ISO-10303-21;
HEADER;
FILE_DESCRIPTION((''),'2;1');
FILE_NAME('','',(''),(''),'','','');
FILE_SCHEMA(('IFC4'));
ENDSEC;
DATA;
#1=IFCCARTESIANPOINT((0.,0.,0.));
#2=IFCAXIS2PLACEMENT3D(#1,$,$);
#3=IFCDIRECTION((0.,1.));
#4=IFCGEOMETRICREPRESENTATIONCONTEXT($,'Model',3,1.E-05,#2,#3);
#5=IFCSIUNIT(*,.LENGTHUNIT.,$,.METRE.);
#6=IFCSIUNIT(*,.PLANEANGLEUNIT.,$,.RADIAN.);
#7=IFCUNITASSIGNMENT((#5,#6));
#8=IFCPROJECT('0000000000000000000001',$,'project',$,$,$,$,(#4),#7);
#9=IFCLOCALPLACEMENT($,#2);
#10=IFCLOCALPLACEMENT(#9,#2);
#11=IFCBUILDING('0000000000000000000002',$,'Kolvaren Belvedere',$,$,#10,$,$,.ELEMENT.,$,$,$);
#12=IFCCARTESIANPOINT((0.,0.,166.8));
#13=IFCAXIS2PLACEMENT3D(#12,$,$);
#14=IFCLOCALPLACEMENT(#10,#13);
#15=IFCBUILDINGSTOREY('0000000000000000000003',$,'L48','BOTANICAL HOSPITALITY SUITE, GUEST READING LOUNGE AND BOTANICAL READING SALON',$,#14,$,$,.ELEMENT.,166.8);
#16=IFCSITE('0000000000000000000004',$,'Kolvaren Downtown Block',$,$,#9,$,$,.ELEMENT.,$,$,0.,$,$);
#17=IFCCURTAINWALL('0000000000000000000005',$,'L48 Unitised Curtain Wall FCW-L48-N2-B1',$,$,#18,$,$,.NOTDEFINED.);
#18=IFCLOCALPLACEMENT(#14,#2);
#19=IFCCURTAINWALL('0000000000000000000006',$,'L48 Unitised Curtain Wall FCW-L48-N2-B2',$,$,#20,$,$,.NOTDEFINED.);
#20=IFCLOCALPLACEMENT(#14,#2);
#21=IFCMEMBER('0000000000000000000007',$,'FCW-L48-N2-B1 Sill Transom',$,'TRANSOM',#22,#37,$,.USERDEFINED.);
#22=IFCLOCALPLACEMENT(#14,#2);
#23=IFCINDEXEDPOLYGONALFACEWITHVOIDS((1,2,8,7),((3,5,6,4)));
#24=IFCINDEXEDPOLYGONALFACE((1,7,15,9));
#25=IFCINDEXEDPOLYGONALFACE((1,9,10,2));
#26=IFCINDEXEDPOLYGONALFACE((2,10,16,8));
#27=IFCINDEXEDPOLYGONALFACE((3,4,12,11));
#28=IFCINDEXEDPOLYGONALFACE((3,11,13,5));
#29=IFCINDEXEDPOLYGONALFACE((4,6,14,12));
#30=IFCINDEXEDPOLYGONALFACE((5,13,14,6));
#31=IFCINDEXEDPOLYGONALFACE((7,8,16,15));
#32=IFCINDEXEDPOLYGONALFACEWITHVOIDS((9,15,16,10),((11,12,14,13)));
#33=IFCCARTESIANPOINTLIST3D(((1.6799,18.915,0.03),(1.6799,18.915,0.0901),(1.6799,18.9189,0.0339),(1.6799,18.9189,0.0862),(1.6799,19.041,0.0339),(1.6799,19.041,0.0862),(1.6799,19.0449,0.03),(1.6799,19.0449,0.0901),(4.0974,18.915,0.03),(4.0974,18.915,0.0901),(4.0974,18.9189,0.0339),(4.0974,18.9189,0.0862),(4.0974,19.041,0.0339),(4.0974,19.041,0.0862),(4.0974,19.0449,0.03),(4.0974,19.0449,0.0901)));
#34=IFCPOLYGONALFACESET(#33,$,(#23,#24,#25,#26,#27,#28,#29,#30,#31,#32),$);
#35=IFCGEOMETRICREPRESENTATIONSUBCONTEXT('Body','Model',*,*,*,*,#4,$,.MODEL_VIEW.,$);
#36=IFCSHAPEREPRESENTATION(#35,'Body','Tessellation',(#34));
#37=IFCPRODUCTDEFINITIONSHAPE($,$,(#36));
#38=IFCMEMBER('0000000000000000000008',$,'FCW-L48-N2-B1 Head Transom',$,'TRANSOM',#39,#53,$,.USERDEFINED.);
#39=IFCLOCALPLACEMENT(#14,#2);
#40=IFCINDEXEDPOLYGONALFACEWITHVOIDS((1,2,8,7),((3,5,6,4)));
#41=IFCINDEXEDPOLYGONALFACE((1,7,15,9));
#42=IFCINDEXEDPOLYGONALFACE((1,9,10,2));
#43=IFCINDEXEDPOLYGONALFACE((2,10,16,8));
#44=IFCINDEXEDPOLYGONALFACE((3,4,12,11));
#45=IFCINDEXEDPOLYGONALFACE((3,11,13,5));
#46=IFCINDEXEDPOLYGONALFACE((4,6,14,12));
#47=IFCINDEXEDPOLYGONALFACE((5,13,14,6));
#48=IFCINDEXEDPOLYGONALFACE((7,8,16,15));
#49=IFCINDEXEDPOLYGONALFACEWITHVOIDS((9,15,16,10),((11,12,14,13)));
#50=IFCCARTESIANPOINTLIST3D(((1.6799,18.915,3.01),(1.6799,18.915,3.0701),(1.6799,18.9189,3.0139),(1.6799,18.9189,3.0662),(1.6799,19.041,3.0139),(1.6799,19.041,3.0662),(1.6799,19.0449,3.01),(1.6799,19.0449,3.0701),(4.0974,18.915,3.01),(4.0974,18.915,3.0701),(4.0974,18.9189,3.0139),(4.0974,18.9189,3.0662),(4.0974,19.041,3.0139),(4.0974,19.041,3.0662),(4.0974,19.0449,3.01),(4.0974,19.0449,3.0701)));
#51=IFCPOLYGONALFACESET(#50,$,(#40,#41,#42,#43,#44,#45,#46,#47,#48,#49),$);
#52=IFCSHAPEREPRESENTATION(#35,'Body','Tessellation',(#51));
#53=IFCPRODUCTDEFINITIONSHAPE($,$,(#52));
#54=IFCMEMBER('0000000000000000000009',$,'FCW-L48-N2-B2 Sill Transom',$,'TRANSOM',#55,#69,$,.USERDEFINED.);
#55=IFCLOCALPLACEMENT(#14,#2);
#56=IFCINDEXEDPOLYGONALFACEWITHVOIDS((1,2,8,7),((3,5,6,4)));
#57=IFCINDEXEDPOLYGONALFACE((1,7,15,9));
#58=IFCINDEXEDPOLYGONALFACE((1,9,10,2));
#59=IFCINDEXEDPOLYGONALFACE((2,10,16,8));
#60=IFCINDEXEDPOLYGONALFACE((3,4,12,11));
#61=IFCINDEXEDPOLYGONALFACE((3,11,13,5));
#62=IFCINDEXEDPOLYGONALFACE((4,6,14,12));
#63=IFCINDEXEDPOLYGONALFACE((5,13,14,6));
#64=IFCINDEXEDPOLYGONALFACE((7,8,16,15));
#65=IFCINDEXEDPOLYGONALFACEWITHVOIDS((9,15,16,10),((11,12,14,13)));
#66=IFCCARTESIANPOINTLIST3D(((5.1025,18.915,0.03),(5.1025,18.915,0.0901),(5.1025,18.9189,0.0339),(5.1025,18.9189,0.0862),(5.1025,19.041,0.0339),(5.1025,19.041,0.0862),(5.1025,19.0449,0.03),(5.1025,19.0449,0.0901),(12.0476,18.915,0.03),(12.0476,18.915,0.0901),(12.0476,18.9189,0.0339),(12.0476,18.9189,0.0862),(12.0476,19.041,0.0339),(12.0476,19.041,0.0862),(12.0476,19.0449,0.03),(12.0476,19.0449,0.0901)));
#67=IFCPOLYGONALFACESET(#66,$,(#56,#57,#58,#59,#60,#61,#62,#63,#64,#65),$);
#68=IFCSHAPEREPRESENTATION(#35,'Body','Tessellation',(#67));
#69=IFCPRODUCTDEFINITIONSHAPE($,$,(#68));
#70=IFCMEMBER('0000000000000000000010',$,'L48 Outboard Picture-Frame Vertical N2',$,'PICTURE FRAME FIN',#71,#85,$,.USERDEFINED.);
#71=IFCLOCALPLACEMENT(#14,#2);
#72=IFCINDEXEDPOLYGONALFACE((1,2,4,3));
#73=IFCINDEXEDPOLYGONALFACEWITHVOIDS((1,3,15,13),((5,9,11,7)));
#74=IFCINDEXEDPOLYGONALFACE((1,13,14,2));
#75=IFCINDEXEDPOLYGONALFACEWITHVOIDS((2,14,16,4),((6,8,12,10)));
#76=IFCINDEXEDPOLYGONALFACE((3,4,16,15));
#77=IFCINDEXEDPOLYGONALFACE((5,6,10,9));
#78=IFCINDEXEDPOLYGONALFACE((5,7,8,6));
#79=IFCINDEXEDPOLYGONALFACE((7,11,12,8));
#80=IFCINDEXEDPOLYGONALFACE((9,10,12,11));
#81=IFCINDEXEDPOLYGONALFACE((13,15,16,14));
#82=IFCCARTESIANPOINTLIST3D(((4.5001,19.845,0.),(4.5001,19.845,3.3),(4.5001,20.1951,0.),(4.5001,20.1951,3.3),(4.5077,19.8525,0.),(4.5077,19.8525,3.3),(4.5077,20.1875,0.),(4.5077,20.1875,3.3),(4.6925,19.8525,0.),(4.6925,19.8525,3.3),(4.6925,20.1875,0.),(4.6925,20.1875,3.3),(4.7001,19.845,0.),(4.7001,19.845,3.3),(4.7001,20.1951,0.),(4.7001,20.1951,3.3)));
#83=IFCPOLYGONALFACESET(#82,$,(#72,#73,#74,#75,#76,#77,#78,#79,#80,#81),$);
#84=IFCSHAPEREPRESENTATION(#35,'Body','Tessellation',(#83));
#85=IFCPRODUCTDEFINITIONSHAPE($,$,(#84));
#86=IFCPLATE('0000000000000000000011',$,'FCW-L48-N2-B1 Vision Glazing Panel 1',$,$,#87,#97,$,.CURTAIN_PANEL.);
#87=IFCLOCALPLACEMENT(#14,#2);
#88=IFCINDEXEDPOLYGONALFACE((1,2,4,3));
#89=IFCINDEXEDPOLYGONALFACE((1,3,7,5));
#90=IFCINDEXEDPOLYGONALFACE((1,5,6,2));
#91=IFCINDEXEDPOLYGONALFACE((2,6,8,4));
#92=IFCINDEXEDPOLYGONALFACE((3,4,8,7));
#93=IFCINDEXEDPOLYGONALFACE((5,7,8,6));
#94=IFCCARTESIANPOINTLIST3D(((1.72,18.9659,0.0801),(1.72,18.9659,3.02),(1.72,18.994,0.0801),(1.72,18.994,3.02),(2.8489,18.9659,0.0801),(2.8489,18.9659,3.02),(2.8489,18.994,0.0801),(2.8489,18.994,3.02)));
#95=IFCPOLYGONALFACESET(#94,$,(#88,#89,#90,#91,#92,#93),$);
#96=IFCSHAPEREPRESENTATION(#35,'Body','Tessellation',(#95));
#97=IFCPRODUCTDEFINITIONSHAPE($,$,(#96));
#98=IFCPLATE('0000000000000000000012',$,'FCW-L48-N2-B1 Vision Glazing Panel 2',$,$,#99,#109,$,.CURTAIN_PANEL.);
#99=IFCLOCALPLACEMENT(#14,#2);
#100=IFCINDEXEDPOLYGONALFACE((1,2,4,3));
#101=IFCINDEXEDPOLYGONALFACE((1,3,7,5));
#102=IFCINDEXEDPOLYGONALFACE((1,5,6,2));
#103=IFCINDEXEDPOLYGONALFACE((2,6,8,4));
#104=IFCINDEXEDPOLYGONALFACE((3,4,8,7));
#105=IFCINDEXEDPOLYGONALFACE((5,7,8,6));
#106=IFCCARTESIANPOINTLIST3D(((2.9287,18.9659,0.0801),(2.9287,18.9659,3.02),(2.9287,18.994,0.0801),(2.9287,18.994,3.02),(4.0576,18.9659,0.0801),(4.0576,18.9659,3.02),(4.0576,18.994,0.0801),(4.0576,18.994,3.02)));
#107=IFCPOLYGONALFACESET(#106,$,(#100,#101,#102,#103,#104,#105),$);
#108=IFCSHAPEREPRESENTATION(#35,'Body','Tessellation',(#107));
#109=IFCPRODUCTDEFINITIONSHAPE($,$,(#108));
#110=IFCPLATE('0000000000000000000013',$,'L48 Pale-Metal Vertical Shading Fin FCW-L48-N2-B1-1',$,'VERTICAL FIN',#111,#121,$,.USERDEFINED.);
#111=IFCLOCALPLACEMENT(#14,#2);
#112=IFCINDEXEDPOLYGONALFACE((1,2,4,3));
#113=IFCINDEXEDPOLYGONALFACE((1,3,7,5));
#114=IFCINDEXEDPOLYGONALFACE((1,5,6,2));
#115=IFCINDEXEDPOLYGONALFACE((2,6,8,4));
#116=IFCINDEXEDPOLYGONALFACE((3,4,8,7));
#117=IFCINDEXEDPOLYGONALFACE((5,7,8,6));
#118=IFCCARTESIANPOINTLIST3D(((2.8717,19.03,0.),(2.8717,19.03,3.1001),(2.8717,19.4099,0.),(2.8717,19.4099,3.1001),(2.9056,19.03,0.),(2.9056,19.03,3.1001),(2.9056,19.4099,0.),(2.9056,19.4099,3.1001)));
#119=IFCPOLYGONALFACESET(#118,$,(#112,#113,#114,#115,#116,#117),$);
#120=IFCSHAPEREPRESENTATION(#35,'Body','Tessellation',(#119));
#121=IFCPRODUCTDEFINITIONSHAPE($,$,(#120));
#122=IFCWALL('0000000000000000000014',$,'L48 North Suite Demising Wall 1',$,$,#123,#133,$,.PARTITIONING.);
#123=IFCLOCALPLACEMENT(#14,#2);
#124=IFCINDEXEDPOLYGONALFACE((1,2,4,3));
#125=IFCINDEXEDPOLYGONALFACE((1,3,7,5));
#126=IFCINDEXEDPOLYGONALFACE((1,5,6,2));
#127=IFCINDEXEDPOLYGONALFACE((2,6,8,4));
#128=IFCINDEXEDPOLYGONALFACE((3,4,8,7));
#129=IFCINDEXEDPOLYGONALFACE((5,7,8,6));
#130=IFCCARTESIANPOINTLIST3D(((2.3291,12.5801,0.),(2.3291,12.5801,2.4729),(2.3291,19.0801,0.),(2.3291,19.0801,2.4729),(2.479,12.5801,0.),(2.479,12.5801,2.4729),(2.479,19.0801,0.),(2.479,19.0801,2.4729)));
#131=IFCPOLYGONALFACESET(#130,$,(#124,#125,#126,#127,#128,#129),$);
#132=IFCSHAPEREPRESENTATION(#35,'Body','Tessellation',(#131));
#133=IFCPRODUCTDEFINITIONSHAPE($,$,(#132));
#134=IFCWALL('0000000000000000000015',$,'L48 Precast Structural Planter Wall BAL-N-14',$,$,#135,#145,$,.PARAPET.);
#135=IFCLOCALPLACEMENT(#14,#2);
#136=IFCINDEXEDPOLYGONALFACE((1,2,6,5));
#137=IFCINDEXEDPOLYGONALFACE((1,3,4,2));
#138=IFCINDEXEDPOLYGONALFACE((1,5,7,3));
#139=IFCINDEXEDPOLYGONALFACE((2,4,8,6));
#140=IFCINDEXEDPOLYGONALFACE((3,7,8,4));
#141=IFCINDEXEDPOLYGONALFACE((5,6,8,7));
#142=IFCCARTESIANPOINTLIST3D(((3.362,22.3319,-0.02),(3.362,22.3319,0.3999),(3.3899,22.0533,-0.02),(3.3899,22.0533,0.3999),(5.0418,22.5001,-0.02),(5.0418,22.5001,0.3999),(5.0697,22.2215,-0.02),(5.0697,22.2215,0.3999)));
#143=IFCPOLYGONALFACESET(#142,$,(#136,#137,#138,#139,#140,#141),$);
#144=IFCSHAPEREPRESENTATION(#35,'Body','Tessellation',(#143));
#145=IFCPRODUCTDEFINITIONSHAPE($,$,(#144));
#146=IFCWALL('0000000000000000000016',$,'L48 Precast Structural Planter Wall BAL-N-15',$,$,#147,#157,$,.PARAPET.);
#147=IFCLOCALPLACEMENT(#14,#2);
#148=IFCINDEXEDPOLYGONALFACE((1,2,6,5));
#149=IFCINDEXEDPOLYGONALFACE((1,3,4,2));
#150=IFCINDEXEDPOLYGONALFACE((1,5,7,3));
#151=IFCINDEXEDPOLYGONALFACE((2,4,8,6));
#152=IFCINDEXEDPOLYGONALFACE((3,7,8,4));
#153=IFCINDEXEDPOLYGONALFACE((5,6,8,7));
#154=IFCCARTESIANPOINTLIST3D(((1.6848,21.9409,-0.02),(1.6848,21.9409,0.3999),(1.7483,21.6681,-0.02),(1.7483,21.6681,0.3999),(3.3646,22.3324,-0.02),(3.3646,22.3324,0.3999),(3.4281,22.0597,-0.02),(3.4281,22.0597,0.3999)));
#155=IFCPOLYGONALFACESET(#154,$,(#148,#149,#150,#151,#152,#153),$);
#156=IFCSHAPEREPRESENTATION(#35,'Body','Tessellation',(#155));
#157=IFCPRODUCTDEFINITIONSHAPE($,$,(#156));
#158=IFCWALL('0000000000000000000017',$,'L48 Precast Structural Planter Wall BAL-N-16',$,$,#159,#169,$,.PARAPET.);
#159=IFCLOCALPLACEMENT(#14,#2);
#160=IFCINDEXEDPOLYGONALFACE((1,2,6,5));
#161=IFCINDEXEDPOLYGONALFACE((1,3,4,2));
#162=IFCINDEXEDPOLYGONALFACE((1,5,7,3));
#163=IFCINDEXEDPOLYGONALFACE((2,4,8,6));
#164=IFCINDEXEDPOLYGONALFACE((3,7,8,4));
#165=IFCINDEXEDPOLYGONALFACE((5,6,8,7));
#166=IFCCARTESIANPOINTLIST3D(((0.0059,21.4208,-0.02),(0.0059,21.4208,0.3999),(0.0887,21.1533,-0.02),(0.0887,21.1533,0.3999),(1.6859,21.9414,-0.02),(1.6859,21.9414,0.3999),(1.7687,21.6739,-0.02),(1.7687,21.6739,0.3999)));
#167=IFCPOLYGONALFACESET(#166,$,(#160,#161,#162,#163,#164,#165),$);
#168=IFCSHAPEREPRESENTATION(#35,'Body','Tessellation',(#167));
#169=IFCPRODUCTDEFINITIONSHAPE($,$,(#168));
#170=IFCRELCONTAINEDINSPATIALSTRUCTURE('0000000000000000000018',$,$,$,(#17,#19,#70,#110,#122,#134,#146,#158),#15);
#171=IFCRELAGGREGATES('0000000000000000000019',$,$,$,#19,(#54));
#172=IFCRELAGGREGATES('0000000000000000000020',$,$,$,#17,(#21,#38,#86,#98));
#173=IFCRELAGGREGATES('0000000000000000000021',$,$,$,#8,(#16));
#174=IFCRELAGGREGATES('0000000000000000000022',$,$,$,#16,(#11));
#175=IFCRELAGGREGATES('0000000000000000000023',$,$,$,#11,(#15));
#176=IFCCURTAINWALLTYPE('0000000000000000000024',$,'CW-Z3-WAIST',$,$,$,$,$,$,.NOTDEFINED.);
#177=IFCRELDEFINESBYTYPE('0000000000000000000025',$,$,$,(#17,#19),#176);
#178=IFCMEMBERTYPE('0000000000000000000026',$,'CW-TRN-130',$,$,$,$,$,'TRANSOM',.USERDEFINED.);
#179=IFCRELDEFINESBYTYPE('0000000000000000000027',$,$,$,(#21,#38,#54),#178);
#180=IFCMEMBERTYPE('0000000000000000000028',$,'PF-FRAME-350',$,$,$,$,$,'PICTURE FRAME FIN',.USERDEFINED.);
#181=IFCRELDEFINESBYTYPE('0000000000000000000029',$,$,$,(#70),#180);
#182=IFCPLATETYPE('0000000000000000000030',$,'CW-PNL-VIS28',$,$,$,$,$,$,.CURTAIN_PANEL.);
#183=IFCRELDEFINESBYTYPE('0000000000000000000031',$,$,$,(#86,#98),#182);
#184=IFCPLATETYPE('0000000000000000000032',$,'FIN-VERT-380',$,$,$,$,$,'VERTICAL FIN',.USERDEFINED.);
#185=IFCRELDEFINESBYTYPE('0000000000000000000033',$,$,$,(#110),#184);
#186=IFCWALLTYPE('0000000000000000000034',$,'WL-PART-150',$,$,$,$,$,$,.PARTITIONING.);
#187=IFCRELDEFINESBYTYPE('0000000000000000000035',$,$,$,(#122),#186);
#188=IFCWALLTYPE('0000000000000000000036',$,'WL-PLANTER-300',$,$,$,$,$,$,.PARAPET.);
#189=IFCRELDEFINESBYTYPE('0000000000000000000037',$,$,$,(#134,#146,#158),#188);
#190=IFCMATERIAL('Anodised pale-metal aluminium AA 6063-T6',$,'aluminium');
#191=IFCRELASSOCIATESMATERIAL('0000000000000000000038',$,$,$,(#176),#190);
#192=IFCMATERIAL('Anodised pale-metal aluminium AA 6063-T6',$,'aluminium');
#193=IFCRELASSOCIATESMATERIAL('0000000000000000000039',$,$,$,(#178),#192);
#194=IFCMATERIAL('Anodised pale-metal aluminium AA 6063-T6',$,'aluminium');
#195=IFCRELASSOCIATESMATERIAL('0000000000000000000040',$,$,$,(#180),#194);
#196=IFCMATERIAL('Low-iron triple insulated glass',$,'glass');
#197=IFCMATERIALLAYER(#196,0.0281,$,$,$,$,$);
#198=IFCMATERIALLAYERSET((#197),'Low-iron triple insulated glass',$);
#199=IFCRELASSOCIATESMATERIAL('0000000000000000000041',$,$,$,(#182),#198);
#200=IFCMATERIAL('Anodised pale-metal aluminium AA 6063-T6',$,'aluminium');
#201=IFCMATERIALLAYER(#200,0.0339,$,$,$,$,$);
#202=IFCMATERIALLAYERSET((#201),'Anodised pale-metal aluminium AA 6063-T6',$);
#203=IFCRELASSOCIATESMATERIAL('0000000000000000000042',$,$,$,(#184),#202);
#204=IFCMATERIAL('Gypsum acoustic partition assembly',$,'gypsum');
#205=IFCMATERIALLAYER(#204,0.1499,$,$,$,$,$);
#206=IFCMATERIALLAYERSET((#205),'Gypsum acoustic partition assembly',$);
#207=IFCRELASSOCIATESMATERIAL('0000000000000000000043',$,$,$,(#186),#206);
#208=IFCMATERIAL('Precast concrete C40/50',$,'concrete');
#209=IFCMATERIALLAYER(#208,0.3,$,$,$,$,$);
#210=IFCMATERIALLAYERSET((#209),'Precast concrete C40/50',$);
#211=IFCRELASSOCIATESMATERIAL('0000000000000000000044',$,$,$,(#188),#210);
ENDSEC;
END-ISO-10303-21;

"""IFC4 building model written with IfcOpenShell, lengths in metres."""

from ifc_helpers import new_model, si_unit, direction, frame, frame_2d, origin, origin_2d, place, context, subcontext, project, spatial, rectangle, hollow_rectangle, extrude, material, layer, layer_set, material_profile, profile_set, type_object, element, aggregate, save


model = new_model("IFC4")

# Units and contexts
model_context = context("Model", 3, precision=1e-05, world=origin(), true_north=direction((0.0, 1.0)))
body_context = subcontext(model_context, "Body", "Model", "MODEL_VIEW")
ifc_project = project(units=[si_unit("LENGTHUNIT", "METRE"), si_unit("PLANEANGLEUNIT", "RADIAN")], contexts=[model_context])

# Site, building, storey
site_placement = place(None, origin())
site = spatial("IfcSite", under=ifc_project, at=site_placement, Name="Kolvaren Downtown Block", CompositionType="ELEMENT", RefElevation=0.0)
building_placement = place(site_placement, origin())
building = spatial("IfcBuilding", under=site, at=building_placement, Name="Kolvaren Belvedere", CompositionType="ELEMENT")
storey_placement = place(building_placement, frame((0.0, 0.0, 166.8)))
storey = spatial("IfcBuildingStorey", under=building, at=storey_placement, Name="L48", Description="BOTANICAL HOSPITALITY SUITE, GUEST READING LOUNGE AND BOTANICAL READING SALON", CompositionType="ELEMENT", Elevation=166.8)

# Curtain wall
ifc_material_1 = material(Name="Anodised pale-metal aluminium AA 6063-T6", Category="aluminium")
curtain_wall_type = type_object("IfcCurtainWallType", Name="CW-Z3-WAIST", PredefinedType="NOTDEFINED", material=ifc_material_1)
curtain_wall_1_placement = place(storey_placement, origin())
curtain_wall_1 = element("IfcCurtainWall", 1, at=curtain_wall_1_placement, inside=storey, type_object=curtain_wall_type, Name="L48 Unitised Curtain Wall FCW-L48-N2-B1", PredefinedType="NOTDEFINED")

# Curtain wall
curtain_wall_2_placement = place(storey_placement, origin())
curtain_wall_2 = element("IfcCurtainWall", 2, at=curtain_wall_2_placement, inside=storey, type_object=curtain_wall_type, Name="L48 Unitised Curtain Wall FCW-L48-N2-B2", PredefinedType="NOTDEFINED")

# Members
ifc_material_2 = material(Name="Anodised pale-metal aluminium AA 6063-T6", Category="aluminium")
ifc_material_profile_1 = material_profile(ifc_material_2, hollow_rectangle(XDim=0.0601, YDim=0.1299, WallThickness=0.0039, at=origin_2d()), Name="ALU-TRN-130X60")
ifc_profile_set_1 = profile_set([ifc_material_profile_1], Name="Anodised pale-metal aluminium AA 6063-T6")
member_type_1 = type_object("IfcMemberType", Name="CW-TRN-130", ElementType="TRANSOM", PredefinedType="USERDEFINED", material=ifc_profile_set_1)
member_1_placement = place(storey_placement, frame((1.6799, 18.98, 0.0601), z_axis=(1.0, 0.0, 0.0), x_axis=(0.0, 0.0, 1.0)))
member_1 = element("IfcMember", 3, at=member_1_placement, type_object=member_type_1, Name="FCW-L48-N2-B1 Sill Transom", ObjectType="TRANSOM", PredefinedType="USERDEFINED", context=body_context, shape_type="SweptSolid", body=[
    extrude(hollow_rectangle(XDim=0.0601, YDim=0.1299, WallThickness=0.0039, at=origin_2d()), origin(), (0.0, 0.0, 1.0), 2.4175),
])
member_2_placement = place(storey_placement, frame((1.6799, 18.98, 3.04), z_axis=(1.0, 0.0, 0.0), x_axis=(0.0, 0.0, 1.0)))
member_2 = element("IfcMember", 4, at=member_2_placement, type_object=member_type_1, Name="FCW-L48-N2-B1 Head Transom", ObjectType="TRANSOM", PredefinedType="USERDEFINED", context=body_context, shape_type="SweptSolid", body=[
    extrude(hollow_rectangle(XDim=0.0601, YDim=0.1299, WallThickness=0.0039, at=origin_2d()), origin(), (0.0, 0.0, 1.0), 2.4175),
])
member_3_placement = place(storey_placement, frame((5.1025, 18.98, 0.0601), z_axis=(1.0, 0.0, 0.0), x_axis=(0.0, 0.0, 1.0)))
member_3 = element("IfcMember", 5, at=member_3_placement, type_object=member_type_1, Name="FCW-L48-N2-B2 Sill Transom", ObjectType="TRANSOM", PredefinedType="USERDEFINED", context=body_context, shape_type="SweptSolid", body=[
    extrude(hollow_rectangle(XDim=0.0601, YDim=0.1299, WallThickness=0.0039, at=origin_2d()), origin(), (0.0, 0.0, 1.0), 6.9451),
])
aggregate(curtain_wall_2, [member_3])
ifc_material_3 = material(Name="Anodised pale-metal aluminium AA 6063-T6", Category="aluminium")
ifc_material_profile_2 = material_profile(ifc_material_3, hollow_rectangle(XDim=0.2, YDim=0.3501, WallThickness=0.0076, at=origin_2d()), Name="ALU-PF-350X200")
ifc_profile_set_2 = profile_set([ifc_material_profile_2], Name="Anodised pale-metal aluminium AA 6063-T6")
member_type_2 = type_object("IfcMemberType", Name="PF-FRAME-350", ElementType="PICTURE FRAME FIN", PredefinedType="USERDEFINED", material=ifc_profile_set_2)
member_4_placement = place(storey_placement, frame((4.6001, 20.02, 0.0), z_axis=(0.0, 0.0, 1.0), x_axis=(1.0, 0.0, 0.0)))
element("IfcMember", 6, at=member_4_placement, inside=storey, type_object=member_type_2, Name="L48 Outboard Picture-Frame Vertical N2", ObjectType="PICTURE FRAME FIN", PredefinedType="USERDEFINED", context=body_context, shape_type="SweptSolid", body=[
    extrude(hollow_rectangle(XDim=0.2, YDim=0.3501, WallThickness=0.0076, at=origin_2d()), origin(), (0.0, 0.0, 1.0), 3.3),
])

# Plates
ifc_material_4 = material(Name="Low-iron triple insulated glass", Category="glass")
ifc_layer_1 = layer(ifc_material_4, 0.0281)
ifc_layer_set_1 = layer_set([ifc_layer_1], Name="Low-iron triple insulated glass")
plate_type_1 = type_object("IfcPlateType", Name="CW-PNL-VIS28", PredefinedType="CURTAIN_PANEL", material=ifc_layer_set_1)
plate_1_placement = place(storey_placement, frame((2.2844, 18.98, 0.0801), z_axis=(0.0, 0.0, 1.0), x_axis=(1.0, 0.0, 0.0)))
plate_1 = element("IfcPlate", 7, at=plate_1_placement, type_object=plate_type_1, Name="FCW-L48-N2-B1 Vision Glazing Panel 1", PredefinedType="CURTAIN_PANEL", context=body_context, shape_type="SweptSolid", body=[
    extrude(rectangle(XDim=1.1289, YDim=0.0281, at=origin_2d()), origin(), (0.0, 0.0, 1.0), 2.9399),
])
plate_2_placement = place(storey_placement, frame((3.4932, 18.98, 0.0801), z_axis=(0.0, 0.0, 1.0), x_axis=(1.0, 0.0, 0.0)))
plate_2 = element("IfcPlate", 8, at=plate_2_placement, type_object=plate_type_1, Name="FCW-L48-N2-B1 Vision Glazing Panel 2", PredefinedType="CURTAIN_PANEL", context=body_context, shape_type="SweptSolid", body=[
    extrude(rectangle(XDim=1.1289, YDim=0.0281, at=origin_2d()), origin(), (0.0, 0.0, 1.0), 2.9399),
])
aggregate(curtain_wall_1, [member_1, member_2, plate_1, plate_2])
ifc_material_5 = material(Name="Anodised pale-metal aluminium AA 6063-T6", Category="aluminium")
ifc_layer_2 = layer(ifc_material_5, 0.0339)
ifc_layer_set_2 = layer_set([ifc_layer_2], Name="Anodised pale-metal aluminium AA 6063-T6")
plate_type_2 = type_object("IfcPlateType", Name="FIN-VERT-380", ElementType="VERTICAL FIN", PredefinedType="USERDEFINED", material=ifc_layer_set_2)
plate_3_placement = place(storey_placement, frame((2.8887, 19.22, 0.0), z_axis=(0.0, 0.0, 1.0), x_axis=(0.0, 1.0, 0.0)))
element("IfcPlate", 9, at=plate_3_placement, inside=storey, type_object=plate_type_2, Name="L48 Pale-Metal Vertical Shading Fin FCW-L48-N2-B1-1", ObjectType="VERTICAL FIN", PredefinedType="USERDEFINED", context=body_context, shape_type="SweptSolid", body=[
    extrude(rectangle(XDim=0.3799, YDim=0.0339, at=origin_2d()), origin(), (0.0, 0.0, 1.0), 3.1001),
])

# Walls
ifc_material_6 = material(Name="Gypsum acoustic partition assembly", Category="gypsum")
ifc_layer_3 = layer(ifc_material_6, 0.1499)
ifc_layer_set_3 = layer_set([ifc_layer_3], Name="Gypsum acoustic partition assembly")
wall_type_1 = type_object("IfcWallType", Name="WL-PART-150", PredefinedType="PARTITIONING", material=ifc_layer_set_3)
wall_1_placement = place(storey_placement, frame((2.4041, 12.5801, 0.0), z_axis=(0.0, 0.0, 1.0), x_axis=(0.0, 1.0, 0.0)))
element("IfcWall", 10, at=wall_1_placement, inside=storey, type_object=wall_type_1, Name="L48 North Suite Demising Wall 1", PredefinedType="PARTITIONING", context=body_context, shape_type="SweptSolid", body=[
    extrude(rectangle(XDim=6.5, YDim=0.1499, at=frame_2d((3.25, 0.0))), origin(), (0.0, 0.0, 1.0), 2.4729),
])
ifc_material_7 = material(Name="Precast concrete C40/50", Category="concrete")
ifc_layer_4 = layer(ifc_material_7, 0.3)
ifc_layer_set_4 = layer_set([ifc_layer_4], Name="Precast concrete C40/50")
wall_type_2 = type_object("IfcWallType", Name="WL-PLANTER-300", PredefinedType="PARAPET", material=ifc_layer_set_4)
wall_2_placement = place(storey_placement, frame((5.0559, 22.3608, -0.02), z_axis=(0.0, 0.0, 1.0), x_axis=(-0.995024, -0.099633, 0.0)))
element("IfcWall", 11, at=wall_2_placement, inside=storey, type_object=wall_type_2, Name="L48 Precast Structural Planter Wall BAL-N-14", PredefinedType="PARAPET", context=body_context, shape_type="SweptSolid", body=[
    extrude(rectangle(XDim=1.6882, YDim=0.28, at=frame_2d((0.8442, 0.0))), origin(), (0.0, 0.0, 1.0), 0.4199),
])
wall_3_placement = place(storey_placement, frame((3.3962, 22.196, -0.02), z_axis=(0.0, 0.0, 1.0), x_axis=(-0.97389, -0.227019, 0.0)))
element("IfcWall", 12, at=wall_3_placement, inside=storey, type_object=wall_type_2, Name="L48 Precast Structural Planter Wall BAL-N-15", PredefinedType="PARAPET", context=body_context, shape_type="SweptSolid", body=[
    extrude(rectangle(XDim=1.7249, YDim=0.28, at=frame_2d((0.8623, 0.0))), origin(), (0.0, 0.0, 1.0), 0.4199),
])
wall_4_placement = place(storey_placement, frame((1.7273, 21.8076, -0.02), z_axis=(0.0, 0.0, 1.0), x_axis=(-0.955201, -0.295958, 0.0)))
element("IfcWall", 13, at=wall_4_placement, inside=storey, type_object=wall_type_2, Name="L48 Precast Structural Planter Wall BAL-N-16", PredefinedType="PARAPET", context=body_context, shape_type="SweptSolid", body=[
    extrude(rectangle(XDim=1.7588, YDim=0.28, at=frame_2d((0.8794, 0.0))), origin(), (0.0, 0.0, 1.0), 0.4199),
])

save(model, "model.ifc")
